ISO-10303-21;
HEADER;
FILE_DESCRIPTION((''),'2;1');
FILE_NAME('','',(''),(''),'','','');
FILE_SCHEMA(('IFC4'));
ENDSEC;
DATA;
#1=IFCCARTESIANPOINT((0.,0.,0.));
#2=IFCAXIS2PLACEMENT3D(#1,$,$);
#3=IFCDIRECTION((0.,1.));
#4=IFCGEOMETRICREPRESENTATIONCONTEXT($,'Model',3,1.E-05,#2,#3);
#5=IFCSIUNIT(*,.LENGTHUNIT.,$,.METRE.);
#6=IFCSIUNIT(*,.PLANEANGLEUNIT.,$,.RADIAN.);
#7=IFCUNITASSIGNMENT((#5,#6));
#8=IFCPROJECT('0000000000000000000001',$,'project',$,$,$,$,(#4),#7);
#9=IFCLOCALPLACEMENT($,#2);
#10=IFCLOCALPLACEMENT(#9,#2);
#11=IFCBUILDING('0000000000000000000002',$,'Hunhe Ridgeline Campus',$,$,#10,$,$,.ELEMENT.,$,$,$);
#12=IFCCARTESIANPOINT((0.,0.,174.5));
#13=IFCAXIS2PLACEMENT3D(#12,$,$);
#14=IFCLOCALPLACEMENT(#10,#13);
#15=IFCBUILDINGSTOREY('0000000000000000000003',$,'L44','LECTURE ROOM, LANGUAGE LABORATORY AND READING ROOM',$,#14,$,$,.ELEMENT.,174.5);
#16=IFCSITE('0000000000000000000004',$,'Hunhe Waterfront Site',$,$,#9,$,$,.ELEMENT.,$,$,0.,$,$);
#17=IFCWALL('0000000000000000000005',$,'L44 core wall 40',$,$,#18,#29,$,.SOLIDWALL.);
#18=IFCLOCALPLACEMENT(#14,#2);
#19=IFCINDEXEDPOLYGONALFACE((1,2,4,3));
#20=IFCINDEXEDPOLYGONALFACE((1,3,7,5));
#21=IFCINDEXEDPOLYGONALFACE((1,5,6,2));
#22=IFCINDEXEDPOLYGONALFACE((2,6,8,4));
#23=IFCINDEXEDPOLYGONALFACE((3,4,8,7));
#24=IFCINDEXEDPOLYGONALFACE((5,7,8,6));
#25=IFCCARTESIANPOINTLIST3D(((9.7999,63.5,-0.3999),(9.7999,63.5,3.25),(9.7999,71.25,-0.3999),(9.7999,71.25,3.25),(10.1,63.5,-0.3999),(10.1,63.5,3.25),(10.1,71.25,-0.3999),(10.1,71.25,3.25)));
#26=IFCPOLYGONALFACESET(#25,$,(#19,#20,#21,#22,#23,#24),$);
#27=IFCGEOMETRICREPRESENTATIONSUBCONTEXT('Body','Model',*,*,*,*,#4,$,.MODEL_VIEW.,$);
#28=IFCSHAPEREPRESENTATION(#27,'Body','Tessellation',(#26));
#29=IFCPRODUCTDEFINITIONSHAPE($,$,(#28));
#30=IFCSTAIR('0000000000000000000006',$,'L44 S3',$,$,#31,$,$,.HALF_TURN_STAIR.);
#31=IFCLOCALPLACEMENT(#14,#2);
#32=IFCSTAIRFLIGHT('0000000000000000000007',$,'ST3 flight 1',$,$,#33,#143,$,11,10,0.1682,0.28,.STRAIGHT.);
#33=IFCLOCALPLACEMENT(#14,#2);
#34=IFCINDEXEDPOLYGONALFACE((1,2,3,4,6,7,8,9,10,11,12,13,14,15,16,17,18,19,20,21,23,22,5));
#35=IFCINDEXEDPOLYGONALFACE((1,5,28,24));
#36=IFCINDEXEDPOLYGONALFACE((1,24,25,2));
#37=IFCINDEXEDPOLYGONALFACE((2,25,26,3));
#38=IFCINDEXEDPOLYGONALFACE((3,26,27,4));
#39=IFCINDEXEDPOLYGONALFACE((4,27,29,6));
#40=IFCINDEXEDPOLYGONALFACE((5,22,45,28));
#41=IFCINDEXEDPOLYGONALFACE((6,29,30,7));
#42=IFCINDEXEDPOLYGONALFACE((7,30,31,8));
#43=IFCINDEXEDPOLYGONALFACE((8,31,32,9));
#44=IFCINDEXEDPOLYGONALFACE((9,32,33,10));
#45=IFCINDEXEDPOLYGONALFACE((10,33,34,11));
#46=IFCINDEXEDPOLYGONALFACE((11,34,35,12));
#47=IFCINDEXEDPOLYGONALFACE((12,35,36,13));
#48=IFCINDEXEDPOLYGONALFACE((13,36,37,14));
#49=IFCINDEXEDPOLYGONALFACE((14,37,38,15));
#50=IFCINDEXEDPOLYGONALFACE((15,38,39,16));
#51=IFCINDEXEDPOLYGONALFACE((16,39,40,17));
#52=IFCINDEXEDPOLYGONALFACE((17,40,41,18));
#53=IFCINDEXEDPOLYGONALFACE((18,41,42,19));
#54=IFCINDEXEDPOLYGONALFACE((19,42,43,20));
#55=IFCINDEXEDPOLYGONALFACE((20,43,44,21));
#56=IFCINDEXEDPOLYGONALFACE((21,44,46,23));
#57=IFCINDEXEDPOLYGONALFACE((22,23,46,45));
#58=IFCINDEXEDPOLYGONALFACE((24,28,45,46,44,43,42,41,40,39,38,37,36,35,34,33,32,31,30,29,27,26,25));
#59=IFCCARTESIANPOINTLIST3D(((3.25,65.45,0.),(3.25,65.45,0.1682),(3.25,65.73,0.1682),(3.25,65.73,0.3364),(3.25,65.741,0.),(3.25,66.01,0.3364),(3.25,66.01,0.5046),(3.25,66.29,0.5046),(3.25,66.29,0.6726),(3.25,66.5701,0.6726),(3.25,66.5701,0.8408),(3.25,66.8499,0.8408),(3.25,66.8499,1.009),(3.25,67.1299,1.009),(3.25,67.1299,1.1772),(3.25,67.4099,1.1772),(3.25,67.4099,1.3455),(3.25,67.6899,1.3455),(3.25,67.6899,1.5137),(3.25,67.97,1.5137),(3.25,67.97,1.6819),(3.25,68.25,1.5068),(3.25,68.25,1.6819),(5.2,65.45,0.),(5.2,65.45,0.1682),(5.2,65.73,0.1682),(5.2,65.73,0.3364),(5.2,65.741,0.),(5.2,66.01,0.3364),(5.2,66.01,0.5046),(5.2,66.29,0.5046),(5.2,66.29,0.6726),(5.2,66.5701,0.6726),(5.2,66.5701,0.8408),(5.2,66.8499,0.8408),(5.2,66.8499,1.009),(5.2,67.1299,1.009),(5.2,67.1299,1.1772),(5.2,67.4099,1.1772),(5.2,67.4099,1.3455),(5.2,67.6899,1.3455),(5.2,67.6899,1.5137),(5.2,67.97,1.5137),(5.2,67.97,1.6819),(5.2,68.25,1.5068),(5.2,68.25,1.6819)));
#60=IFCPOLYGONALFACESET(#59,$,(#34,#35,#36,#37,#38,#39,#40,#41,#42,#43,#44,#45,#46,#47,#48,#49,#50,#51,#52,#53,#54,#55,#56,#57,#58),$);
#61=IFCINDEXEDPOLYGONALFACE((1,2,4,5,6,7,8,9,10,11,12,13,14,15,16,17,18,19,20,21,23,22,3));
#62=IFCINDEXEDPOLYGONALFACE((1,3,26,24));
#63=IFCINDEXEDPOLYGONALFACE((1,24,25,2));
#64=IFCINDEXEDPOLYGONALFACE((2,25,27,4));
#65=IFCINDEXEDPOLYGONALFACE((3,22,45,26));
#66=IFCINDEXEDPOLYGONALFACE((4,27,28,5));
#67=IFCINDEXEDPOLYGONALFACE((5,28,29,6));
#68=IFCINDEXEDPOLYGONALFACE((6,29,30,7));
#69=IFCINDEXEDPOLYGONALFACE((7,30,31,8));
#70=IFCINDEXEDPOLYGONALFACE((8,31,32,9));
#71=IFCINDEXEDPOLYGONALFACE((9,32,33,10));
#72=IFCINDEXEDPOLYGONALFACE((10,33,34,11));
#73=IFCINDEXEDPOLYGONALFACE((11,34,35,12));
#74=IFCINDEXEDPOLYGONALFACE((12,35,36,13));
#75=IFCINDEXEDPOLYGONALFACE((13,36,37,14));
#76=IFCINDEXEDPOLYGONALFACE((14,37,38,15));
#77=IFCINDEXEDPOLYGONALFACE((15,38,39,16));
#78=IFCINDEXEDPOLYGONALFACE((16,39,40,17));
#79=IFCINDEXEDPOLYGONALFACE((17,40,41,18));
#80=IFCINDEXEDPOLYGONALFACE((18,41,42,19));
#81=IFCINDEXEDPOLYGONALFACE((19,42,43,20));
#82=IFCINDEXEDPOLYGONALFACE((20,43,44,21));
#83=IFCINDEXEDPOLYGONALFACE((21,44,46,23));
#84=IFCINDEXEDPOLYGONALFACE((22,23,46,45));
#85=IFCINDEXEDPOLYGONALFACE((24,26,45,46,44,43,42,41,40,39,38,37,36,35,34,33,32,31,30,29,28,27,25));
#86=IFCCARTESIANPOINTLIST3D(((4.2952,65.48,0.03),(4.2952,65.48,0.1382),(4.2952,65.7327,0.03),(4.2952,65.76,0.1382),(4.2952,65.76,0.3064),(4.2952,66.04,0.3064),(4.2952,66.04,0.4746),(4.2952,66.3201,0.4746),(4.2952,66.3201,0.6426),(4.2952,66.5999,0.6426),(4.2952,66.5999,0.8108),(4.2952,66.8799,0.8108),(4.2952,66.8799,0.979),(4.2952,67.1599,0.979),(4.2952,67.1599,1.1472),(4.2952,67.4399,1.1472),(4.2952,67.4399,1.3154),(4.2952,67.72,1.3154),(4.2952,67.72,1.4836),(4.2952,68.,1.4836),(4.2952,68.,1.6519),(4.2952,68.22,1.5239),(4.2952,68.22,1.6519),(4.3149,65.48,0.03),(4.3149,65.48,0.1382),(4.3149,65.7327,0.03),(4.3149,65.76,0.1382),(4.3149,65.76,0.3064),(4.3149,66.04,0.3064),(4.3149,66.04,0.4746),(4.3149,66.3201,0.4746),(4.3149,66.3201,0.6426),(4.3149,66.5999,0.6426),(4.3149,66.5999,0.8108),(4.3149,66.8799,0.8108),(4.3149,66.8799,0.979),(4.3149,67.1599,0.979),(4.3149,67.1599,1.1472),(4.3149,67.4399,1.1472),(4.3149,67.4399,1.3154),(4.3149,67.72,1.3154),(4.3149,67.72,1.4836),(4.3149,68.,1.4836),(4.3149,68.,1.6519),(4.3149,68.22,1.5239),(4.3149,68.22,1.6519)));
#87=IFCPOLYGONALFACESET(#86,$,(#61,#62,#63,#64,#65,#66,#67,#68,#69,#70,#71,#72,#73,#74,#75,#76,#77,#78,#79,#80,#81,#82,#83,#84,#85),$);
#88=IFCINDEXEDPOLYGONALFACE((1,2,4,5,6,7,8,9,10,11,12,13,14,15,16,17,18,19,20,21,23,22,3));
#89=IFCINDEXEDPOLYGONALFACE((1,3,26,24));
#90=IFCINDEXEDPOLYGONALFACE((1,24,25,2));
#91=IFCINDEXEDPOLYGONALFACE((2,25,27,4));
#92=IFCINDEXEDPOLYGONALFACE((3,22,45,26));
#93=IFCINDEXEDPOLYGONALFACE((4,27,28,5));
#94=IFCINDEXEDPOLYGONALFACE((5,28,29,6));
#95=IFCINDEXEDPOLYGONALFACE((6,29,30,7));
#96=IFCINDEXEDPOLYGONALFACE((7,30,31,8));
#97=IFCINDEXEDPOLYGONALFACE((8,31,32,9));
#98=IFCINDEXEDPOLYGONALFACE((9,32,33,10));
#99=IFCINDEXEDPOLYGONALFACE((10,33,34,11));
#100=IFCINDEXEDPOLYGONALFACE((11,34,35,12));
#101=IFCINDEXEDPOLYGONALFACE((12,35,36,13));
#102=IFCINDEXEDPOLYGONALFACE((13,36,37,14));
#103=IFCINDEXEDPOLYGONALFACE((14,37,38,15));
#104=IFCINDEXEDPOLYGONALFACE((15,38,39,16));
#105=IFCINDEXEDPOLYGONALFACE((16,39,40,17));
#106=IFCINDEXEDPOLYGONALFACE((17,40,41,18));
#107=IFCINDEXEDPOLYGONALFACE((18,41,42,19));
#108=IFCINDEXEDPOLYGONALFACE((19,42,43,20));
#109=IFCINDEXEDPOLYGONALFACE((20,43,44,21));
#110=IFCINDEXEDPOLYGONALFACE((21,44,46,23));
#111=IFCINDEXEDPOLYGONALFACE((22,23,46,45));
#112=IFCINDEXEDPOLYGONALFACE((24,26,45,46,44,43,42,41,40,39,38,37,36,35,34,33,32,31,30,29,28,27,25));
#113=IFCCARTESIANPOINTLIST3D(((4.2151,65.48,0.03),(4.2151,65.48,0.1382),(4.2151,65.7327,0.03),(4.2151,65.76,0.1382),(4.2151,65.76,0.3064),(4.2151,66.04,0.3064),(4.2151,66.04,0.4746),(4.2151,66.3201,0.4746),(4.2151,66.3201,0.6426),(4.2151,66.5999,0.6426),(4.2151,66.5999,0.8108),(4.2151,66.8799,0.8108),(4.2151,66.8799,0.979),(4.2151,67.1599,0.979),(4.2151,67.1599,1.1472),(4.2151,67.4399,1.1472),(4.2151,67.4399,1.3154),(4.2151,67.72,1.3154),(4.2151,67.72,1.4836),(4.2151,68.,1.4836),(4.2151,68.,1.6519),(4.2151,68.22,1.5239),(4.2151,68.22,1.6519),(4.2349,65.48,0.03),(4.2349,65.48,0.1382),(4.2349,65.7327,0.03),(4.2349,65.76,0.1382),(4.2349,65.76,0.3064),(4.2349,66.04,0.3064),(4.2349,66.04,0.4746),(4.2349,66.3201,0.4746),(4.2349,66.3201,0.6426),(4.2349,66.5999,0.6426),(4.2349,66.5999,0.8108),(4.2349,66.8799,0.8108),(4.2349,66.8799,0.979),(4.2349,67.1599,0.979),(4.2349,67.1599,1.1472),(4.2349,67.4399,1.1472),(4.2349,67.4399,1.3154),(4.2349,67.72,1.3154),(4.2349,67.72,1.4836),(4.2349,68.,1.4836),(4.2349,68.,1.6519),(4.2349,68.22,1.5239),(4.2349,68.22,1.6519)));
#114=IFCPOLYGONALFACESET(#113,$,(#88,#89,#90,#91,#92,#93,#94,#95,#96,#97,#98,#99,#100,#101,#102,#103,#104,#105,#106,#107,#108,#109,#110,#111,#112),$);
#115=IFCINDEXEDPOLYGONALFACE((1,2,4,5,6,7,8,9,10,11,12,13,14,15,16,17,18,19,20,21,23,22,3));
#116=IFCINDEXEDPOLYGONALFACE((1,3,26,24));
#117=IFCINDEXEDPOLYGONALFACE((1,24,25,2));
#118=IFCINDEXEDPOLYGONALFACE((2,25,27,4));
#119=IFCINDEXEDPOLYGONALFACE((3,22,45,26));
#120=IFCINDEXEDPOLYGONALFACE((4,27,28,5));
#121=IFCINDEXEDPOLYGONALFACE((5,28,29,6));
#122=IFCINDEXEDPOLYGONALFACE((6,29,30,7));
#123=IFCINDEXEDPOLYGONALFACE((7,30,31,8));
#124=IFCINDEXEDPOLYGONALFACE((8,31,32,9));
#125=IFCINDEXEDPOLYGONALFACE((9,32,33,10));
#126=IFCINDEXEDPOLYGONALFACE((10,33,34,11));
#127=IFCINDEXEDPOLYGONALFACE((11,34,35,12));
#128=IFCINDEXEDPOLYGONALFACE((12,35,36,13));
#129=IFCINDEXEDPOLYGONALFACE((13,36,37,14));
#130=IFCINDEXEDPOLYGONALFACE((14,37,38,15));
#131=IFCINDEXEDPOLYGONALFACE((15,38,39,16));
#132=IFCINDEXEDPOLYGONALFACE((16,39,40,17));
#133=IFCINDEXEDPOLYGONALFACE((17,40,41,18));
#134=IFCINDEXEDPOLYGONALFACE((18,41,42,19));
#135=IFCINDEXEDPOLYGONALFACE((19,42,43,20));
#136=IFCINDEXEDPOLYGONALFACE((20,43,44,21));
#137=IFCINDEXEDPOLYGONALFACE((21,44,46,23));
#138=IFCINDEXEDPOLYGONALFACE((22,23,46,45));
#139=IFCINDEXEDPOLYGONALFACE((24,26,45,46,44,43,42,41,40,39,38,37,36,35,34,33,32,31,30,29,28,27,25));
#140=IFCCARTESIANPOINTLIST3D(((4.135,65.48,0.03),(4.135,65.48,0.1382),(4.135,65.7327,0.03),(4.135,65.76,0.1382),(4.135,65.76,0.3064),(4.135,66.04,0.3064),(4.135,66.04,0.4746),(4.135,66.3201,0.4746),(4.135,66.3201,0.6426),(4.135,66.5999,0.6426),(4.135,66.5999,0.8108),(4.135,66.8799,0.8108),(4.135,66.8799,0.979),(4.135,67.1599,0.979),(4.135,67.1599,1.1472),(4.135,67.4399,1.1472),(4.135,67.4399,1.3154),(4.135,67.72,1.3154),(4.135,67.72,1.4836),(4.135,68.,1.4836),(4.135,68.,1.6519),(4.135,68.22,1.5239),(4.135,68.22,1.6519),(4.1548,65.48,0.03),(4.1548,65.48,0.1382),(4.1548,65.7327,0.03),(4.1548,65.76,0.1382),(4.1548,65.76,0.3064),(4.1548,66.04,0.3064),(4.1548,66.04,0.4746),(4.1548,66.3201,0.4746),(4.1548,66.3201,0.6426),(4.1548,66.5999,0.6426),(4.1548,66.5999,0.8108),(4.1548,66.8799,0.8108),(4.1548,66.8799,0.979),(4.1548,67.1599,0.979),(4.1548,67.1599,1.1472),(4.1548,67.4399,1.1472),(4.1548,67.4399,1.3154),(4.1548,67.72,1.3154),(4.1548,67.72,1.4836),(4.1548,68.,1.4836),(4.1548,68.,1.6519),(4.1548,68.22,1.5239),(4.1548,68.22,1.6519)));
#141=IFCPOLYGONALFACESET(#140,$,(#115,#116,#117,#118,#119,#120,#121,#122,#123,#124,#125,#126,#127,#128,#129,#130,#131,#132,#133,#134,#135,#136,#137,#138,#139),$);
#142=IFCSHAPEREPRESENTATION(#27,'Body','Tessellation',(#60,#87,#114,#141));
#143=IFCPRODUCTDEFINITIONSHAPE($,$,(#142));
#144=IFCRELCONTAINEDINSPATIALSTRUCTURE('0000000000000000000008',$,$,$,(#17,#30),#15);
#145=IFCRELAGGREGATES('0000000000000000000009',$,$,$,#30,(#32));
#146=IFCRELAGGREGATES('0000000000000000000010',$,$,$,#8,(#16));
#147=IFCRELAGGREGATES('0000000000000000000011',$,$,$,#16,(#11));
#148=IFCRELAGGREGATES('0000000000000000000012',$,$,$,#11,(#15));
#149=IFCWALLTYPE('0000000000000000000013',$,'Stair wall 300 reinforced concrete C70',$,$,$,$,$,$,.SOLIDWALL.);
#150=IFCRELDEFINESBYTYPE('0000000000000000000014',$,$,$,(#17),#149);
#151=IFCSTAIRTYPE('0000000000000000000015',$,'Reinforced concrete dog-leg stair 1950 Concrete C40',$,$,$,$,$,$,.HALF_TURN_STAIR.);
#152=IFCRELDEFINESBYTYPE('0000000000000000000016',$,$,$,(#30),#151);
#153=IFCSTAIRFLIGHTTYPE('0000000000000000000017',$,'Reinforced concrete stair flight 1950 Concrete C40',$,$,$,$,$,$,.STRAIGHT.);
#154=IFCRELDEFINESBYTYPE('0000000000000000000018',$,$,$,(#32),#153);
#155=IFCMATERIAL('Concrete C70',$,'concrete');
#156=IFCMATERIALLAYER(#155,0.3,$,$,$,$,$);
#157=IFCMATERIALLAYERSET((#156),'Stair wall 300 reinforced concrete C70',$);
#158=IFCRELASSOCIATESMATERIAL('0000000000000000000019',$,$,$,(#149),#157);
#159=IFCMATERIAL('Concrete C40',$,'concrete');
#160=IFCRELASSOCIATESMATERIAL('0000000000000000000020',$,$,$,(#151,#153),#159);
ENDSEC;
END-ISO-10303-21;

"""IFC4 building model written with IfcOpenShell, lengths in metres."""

from ifc_helpers import new_model, si_unit, direction, frame, frame_2d, origin, place, context, subcontext, project, spatial, polyline, rectangle, outline, extrude, material, layer, layer_set, type_object, element, aggregate, save


model = new_model("IFC4")

# Units and contexts
model_context = context("Model", 3, precision=1e-05, world=origin(), true_north=direction((0.0, 1.0)))
body_context = subcontext(model_context, "Body", "Model", "MODEL_VIEW")
ifc_project = project(units=[si_unit("LENGTHUNIT", "METRE"), si_unit("PLANEANGLEUNIT", "RADIAN")], contexts=[model_context])

# Site, building, storey
site_placement = place(None, origin())
site = spatial("IfcSite", under=ifc_project, at=site_placement, Name="Hunhe Waterfront Site", CompositionType="ELEMENT", RefElevation=0.0)
building_placement = place(site_placement, origin())
building = spatial("IfcBuilding", under=site, at=building_placement, Name="Hunhe Ridgeline Campus", CompositionType="ELEMENT")
storey_placement = place(building_placement, frame((0.0, 0.0, 174.5)))
storey = spatial("IfcBuildingStorey", under=building, at=storey_placement, Name="L44", Description="LECTURE ROOM, LANGUAGE LABORATORY AND READING ROOM", CompositionType="ELEMENT", Elevation=174.5)

# Shared definitions
ifc_material_1 = material(Name="Concrete C70", Category="concrete")

# Shared definitions
ifc_layer_1 = layer(ifc_material_1, 0.3)
ifc_layer_set_1 = layer_set([ifc_layer_1], Name="Stair wall 300 reinforced concrete C70")
wall_type_1 = type_object("IfcWallType", Name="Stair wall 300 reinforced concrete C70", PredefinedType="SOLIDWALL", material=ifc_layer_set_1)

# Wall
wall_1_placement = place(storey_placement, frame((9.95, 63.5, -0.3999), z_axis=(0.0, 0.0, 1.0), x_axis=(0.0, 1.0, 0.0)))
element("IfcWall", 1, at=wall_1_placement, inside=storey, type_object=wall_type_1, Name="L44 core wall 40", PredefinedType="SOLIDWALL", context=body_context, shape_type="SweptSolid", body=[
    extrude(rectangle(XDim=7.75, YDim=0.3, at=frame_2d((3.875, 0.0))), origin(), (0.0, 0.0, 1.0), 3.6499),
])

# Stair, stair flight
ifc_material_2 = material(Name="Concrete C40", Category="concrete")
stair_type = type_object("IfcStairType", Name="Reinforced concrete dog-leg stair 1950 Concrete C40", PredefinedType="HALF_TURN_STAIR", material=ifc_material_2)
stair_1_placement = place(storey_placement, origin())
stair_1 = element("IfcStair", 2, at=stair_1_placement, inside=storey, type_object=stair_type, Name="L44 S3", PredefinedType="HALF_TURN_STAIR")
stair_flight_type = type_object("IfcStairFlightType", Name="Reinforced concrete stair flight 1950 Concrete C40", PredefinedType="STRAIGHT", material=ifc_material_2)
stair_flight_1_placement = place(storey_placement, frame((4.2251, 65.45, 0.0), z_axis=(0.0, 0.0, 1.0), x_axis=(0.0, 1.0, 0.0)))
stair_flight_1 = element("IfcStairFlight", 3, at=stair_flight_1_placement, type_object=stair_flight_type, Name="ST3 flight 1", NumberOfRisers=11, NumberOfTreads=10, PredefinedType="STRAIGHT", RiserHeight=0.1682, TreadLength=0.28, context=body_context, shape_type="SweptSolid", body=[
    extrude(outline(polyline([(0.0, 0.0), (0.0, 0.1682), (0.28, 0.1682), (0.28, 0.3364), (0.5601, 0.3364), (0.5601, 0.5046), (0.8401, 0.5046), (0.8401, 0.6726), (1.1201, 0.6726), (1.1201, 0.8408), (1.3999, 0.8408), (1.3999, 1.009), (1.6799, 1.009), (1.6799, 1.1772), (1.96, 1.1772), (1.96, 1.3455), (2.24, 1.3455), (2.24, 1.5137), (2.52, 1.5137), (2.52, 1.6819), (2.8, 1.6819), (2.8, 1.8501), (2.8, 1.5068), (0.291, 0.0), (0.0, 0.0)])), frame((0.0, 0.9751, 0.0), z_axis=(0.0, -1.0, 0.0), x_axis=(1.0, 0.0, 0.0)), (0.0, 0.0, 1.0), 1.95),
    extrude(outline(polyline([(0.03, 0.03), (0.03, 0.1382), (0.3101, 0.1382), (0.3101, 0.3064), (0.5901, 0.3064), (0.5901, 0.4746), (0.8701, 0.4746), (0.8701, 0.6426), (1.1499, 0.6426), (1.1499, 0.8108), (1.4299, 0.8108), (1.4299, 0.979), (1.71, 0.979), (1.71, 1.1472), (1.99, 1.1472), (1.99, 1.3154), (2.27, 1.3154), (2.27, 1.4836), (2.55, 1.4836), (2.55, 1.6519), (2.77, 1.6519), (2.77, 1.5239), (0.2827, 0.03), (0.03, 0.03)])), frame((0.0, -0.0701, 0.0), z_axis=(0.0, -1.0, 0.0), x_axis=(1.0, 0.0, 0.0)), (0.0, 0.0, 1.0), 0.0198),
    extrude(outline(polyline([(0.03, 0.03), (0.03, 0.1382), (0.3101, 0.1382), (0.3101, 0.3064), (0.5901, 0.3064), (0.5901, 0.4746), (0.8701, 0.4746), (0.8701, 0.6426), (1.1499, 0.6426), (1.1499, 0.8108), (1.4299, 0.8108), (1.4299, 0.979), (1.71, 0.979), (1.71, 1.1472), (1.99, 1.1472), (1.99, 1.3154), (2.27, 1.3154), (2.27, 1.4836), (2.55, 1.4836), (2.55, 1.6519), (2.77, 1.6519), (2.77, 1.5239), (0.2827, 0.03), (0.03, 0.03)])), frame((0.0, 0.01, 0.0), z_axis=(0.0, -1.0, 0.0), x_axis=(1.0, 0.0, 0.0)), (0.0, 0.0, 1.0), 0.0198),
    extrude(outline(polyline([(0.03, 0.03), (0.03, 0.1382), (0.3101, 0.1382), (0.3101, 0.3064), (0.5901, 0.3064), (0.5901, 0.4746), (0.8701, 0.4746), (0.8701, 0.6426), (1.1499, 0.6426), (1.1499, 0.8108), (1.4299, 0.8108), (1.4299, 0.979), (1.71, 0.979), (1.71, 1.1472), (1.99, 1.1472), (1.99, 1.3154), (2.27, 1.3154), (2.27, 1.4836), (2.55, 1.4836), (2.55, 1.6519), (2.77, 1.6519), (2.77, 1.5239), (0.2827, 0.03), (0.03, 0.03)])), frame((0.0, 0.0901, 0.0), z_axis=(0.0, -1.0, 0.0), x_axis=(1.0, 0.0, 0.0)), (0.0, 0.0, 1.0), 0.0198),
])
aggregate(stair_1, [stair_flight_1])

save(model, "model.ifc")
